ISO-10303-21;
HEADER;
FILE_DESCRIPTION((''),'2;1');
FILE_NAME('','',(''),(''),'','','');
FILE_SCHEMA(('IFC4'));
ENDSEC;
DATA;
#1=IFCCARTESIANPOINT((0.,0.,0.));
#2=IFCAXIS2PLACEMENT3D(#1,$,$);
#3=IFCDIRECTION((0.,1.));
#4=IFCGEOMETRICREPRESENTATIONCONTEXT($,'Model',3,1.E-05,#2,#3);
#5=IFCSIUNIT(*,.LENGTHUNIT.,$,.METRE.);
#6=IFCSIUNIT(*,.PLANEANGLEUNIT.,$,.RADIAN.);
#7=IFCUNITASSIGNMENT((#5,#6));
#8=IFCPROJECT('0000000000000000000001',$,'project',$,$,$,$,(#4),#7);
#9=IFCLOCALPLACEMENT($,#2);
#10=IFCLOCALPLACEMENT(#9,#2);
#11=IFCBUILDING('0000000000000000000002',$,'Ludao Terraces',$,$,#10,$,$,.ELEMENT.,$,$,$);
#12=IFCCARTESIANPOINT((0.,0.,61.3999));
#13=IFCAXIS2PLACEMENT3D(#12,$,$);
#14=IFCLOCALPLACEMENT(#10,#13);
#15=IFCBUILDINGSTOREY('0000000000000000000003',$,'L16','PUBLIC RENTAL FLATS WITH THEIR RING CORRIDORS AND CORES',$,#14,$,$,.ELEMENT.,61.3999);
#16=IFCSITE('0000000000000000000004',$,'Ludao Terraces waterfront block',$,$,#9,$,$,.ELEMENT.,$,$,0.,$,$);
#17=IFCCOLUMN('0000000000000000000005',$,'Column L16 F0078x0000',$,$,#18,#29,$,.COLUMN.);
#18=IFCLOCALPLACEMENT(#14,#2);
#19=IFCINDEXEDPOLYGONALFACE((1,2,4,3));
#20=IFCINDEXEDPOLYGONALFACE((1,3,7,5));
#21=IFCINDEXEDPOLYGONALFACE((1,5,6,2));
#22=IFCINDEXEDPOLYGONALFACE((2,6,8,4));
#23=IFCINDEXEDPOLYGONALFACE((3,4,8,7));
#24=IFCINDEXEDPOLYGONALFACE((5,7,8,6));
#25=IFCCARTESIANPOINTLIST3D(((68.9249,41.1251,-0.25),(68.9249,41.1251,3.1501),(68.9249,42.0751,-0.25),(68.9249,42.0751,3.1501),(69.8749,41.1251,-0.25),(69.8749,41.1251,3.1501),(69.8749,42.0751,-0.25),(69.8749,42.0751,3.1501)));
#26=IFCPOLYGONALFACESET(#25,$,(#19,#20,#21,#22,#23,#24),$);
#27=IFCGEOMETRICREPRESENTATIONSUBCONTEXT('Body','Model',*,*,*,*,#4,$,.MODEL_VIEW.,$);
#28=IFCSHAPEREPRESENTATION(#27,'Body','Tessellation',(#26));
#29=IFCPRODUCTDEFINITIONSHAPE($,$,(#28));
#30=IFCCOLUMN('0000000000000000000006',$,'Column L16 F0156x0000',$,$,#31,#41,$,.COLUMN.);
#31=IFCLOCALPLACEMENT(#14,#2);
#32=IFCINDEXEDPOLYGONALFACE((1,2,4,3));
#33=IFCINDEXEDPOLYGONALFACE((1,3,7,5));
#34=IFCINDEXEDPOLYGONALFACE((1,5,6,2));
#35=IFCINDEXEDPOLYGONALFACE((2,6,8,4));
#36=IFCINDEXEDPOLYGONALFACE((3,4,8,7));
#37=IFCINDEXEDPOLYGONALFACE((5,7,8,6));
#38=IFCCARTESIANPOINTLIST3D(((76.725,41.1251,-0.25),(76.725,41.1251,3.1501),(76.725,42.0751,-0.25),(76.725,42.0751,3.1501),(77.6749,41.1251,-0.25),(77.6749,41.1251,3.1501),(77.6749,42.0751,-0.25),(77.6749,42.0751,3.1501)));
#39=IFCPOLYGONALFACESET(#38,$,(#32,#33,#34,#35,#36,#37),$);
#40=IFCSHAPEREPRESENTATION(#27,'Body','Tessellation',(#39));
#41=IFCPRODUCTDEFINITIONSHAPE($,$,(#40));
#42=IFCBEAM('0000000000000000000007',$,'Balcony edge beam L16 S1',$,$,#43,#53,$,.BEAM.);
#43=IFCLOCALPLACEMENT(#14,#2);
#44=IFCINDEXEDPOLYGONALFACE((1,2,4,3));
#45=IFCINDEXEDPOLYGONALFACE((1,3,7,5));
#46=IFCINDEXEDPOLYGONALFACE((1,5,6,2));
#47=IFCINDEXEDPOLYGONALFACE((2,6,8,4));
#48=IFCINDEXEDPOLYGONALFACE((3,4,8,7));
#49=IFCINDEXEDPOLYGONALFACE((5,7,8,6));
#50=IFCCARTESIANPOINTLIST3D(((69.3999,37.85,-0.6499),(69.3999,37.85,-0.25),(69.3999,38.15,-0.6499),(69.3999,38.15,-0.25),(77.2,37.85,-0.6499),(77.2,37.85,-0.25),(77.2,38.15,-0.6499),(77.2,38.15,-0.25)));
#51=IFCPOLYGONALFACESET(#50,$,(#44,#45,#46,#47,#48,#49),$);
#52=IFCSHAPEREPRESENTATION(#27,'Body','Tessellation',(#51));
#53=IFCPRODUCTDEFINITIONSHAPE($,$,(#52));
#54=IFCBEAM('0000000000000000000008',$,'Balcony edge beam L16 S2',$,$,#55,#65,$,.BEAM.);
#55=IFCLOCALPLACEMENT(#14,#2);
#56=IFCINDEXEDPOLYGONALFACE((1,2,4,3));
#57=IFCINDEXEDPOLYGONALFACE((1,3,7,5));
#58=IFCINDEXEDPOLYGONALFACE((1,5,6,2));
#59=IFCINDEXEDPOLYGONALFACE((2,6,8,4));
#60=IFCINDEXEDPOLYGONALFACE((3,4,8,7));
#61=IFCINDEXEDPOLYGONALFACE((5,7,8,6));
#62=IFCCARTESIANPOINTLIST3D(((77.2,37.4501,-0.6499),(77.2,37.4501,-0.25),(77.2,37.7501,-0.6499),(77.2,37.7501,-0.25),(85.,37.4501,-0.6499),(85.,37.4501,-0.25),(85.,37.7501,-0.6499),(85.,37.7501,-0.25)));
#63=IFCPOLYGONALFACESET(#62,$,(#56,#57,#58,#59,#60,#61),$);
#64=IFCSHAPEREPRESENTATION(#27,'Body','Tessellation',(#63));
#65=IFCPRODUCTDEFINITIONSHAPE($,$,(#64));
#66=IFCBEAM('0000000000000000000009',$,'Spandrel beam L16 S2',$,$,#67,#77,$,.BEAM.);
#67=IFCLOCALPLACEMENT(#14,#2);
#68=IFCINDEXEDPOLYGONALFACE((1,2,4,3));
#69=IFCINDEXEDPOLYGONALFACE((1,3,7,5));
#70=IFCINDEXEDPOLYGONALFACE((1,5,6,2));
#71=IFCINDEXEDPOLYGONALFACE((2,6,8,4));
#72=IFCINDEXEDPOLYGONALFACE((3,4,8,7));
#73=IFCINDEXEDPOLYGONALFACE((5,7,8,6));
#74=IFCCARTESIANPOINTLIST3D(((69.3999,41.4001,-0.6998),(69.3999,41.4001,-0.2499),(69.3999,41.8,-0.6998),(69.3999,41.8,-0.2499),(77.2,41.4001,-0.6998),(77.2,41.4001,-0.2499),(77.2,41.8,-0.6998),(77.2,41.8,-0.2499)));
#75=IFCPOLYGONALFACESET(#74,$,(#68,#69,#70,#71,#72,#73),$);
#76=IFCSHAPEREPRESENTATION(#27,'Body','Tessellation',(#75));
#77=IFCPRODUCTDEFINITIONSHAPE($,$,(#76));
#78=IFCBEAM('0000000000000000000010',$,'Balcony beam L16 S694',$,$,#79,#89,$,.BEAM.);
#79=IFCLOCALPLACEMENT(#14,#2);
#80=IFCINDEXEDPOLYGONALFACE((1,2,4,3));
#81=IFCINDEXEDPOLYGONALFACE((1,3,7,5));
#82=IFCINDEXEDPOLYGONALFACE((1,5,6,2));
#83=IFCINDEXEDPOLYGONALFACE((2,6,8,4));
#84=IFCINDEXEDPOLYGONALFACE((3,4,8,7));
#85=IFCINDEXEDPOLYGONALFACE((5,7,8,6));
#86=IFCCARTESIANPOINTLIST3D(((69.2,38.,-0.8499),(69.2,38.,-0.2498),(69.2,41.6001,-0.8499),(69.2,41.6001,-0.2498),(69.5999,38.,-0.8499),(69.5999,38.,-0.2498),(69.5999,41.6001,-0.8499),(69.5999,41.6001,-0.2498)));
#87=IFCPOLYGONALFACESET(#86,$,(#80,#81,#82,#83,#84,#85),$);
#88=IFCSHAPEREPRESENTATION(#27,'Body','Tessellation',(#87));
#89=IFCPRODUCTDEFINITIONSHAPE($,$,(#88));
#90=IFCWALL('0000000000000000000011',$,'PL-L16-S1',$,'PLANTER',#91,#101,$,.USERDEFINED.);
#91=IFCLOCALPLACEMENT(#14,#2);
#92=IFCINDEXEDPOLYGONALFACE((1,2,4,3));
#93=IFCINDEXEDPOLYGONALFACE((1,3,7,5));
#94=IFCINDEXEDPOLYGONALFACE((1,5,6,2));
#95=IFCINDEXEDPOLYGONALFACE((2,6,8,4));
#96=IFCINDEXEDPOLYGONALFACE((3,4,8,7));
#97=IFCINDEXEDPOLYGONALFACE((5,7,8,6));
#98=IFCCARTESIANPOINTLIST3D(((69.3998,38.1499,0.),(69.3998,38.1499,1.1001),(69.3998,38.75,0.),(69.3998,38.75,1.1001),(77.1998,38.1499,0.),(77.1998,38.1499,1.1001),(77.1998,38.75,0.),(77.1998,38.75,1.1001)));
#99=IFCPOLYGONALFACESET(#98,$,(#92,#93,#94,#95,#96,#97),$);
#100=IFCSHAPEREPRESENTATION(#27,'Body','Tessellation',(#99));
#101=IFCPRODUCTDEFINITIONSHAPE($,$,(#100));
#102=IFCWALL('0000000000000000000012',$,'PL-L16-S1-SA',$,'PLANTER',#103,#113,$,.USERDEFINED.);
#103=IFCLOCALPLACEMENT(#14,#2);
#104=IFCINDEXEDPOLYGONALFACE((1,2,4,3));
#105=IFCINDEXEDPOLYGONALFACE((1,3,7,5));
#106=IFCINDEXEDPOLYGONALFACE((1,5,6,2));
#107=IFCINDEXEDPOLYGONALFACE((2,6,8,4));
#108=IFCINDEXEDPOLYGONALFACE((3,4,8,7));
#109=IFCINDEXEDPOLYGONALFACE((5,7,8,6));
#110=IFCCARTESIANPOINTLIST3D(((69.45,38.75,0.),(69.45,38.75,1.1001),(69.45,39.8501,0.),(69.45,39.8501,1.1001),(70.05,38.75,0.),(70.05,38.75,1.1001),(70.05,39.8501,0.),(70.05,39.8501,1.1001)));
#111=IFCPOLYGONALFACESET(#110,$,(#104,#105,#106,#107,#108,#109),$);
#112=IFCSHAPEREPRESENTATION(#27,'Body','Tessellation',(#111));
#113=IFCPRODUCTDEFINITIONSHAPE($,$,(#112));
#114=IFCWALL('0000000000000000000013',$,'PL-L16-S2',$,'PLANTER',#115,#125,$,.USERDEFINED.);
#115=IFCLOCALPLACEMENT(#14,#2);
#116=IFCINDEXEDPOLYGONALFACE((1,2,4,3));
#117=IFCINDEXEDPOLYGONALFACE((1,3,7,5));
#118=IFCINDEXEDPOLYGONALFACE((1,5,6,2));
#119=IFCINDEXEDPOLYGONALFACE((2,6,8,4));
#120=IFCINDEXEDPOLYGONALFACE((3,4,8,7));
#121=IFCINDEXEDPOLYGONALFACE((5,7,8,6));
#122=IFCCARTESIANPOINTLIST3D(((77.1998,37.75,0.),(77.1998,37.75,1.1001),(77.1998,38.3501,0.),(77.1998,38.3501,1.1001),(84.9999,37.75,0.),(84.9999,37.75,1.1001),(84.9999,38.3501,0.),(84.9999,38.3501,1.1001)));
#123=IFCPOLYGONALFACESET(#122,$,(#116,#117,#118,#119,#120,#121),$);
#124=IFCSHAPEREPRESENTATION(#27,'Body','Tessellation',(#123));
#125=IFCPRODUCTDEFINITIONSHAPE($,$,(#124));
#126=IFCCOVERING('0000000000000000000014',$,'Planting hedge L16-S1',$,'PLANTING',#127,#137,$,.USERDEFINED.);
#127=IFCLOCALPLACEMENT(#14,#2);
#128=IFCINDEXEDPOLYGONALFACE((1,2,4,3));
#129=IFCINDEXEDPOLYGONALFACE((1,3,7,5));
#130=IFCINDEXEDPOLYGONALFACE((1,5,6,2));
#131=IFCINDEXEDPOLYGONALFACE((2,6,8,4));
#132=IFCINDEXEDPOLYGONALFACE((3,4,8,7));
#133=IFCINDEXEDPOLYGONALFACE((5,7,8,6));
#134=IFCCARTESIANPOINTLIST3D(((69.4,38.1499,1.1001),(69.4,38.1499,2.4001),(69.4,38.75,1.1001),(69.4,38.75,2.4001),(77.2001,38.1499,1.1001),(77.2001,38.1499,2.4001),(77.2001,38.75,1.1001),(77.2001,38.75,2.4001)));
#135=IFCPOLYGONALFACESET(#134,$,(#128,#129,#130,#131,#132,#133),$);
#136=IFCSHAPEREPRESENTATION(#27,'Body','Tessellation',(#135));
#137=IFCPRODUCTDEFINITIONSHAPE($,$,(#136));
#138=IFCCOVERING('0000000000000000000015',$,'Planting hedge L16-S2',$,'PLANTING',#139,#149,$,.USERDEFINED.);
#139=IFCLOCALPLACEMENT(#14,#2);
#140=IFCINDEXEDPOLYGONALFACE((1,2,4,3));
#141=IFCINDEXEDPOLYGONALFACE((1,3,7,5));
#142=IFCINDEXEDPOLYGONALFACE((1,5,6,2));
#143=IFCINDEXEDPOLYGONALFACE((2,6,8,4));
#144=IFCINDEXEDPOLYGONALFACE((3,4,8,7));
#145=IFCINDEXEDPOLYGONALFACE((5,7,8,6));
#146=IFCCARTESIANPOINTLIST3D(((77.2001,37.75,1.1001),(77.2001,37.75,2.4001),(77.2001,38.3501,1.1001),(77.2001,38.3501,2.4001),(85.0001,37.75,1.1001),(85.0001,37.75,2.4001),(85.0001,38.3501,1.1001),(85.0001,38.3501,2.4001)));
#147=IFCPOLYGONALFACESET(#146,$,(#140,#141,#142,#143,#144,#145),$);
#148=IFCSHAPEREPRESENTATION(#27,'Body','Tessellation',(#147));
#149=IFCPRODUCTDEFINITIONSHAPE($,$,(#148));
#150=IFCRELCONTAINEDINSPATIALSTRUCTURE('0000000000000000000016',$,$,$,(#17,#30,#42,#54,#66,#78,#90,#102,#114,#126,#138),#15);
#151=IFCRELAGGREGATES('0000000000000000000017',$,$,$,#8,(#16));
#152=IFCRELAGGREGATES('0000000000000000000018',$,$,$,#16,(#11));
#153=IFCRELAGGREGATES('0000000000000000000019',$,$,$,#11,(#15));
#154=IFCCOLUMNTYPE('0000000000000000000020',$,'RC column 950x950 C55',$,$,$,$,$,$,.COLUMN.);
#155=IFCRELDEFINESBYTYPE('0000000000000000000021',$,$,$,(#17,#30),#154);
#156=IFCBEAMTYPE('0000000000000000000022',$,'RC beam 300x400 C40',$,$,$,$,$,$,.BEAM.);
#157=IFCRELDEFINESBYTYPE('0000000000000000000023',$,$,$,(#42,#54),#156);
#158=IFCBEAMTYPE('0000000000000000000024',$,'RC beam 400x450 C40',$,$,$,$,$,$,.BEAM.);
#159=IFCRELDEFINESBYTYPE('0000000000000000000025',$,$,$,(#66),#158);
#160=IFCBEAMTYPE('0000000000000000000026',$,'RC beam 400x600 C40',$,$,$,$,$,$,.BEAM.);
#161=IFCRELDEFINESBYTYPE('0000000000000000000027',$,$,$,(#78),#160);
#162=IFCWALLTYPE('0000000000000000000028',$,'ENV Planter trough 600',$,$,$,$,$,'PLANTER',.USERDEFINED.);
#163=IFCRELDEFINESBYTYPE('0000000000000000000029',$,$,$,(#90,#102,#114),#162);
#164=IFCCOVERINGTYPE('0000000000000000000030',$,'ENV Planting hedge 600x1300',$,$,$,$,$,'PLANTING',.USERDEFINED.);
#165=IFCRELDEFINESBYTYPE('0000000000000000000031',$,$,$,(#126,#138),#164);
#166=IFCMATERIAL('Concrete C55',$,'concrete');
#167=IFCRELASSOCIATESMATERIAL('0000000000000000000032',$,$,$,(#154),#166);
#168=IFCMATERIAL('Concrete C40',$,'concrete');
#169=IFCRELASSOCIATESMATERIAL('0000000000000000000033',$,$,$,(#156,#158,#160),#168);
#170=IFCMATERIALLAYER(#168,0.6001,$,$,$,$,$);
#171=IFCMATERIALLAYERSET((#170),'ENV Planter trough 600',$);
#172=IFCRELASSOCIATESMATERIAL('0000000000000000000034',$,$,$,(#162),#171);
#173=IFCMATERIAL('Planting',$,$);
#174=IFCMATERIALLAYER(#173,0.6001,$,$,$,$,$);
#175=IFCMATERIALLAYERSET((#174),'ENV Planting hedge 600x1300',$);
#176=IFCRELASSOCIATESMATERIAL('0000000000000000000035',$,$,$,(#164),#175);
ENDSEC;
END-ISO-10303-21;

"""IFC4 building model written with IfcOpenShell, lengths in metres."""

from ifc_helpers import new_model, si_unit, direction, frame, frame_2d, origin, origin_2d, place, context, subcontext, project, spatial, rectangle, extrude, material, layer, layer_set, material_profile, profile_set, type_object, element, save


model = new_model("IFC4")

# Units and contexts
model_context = context("Model", 3, precision=1e-05, world=origin(), true_north=direction((0.0, 1.0)))
body_context = subcontext(model_context, "Body", "Model", "MODEL_VIEW")
ifc_project = project(units=[si_unit("LENGTHUNIT", "METRE"), si_unit("PLANEANGLEUNIT", "RADIAN")], contexts=[model_context])

# Site, building, storey
site_placement = place(None, origin())
site = spatial("IfcSite", under=ifc_project, at=site_placement, Name="Ludao Terraces waterfront block", CompositionType="ELEMENT", RefElevation=0.0)
building_placement = place(site_placement, origin())
building = spatial("IfcBuilding", under=site, at=building_placement, Name="Ludao Terraces", CompositionType="ELEMENT")
storey_placement = place(building_placement, frame((0.0, 0.0, 61.3999)))
storey = spatial("IfcBuildingStorey", under=building, at=storey_placement, Name="L16", Description="PUBLIC RENTAL FLATS WITH THEIR RING CORRIDORS AND CORES", CompositionType="ELEMENT", Elevation=61.3999)

# Columns
ifc_material_1 = material(Name="Concrete C55", Category="concrete")
ifc_material_profile_1 = material_profile(ifc_material_1, rectangle(XDim=0.95, YDim=0.95, at=origin_2d()), Name="950 X 950")
ifc_profile_set_1 = profile_set([ifc_material_profile_1], Name="Concrete C55")
column_type = type_object("IfcColumnType", Name="RC column 950x950 C55", PredefinedType="COLUMN", material=ifc_profile_set_1)
for number, where, z_axis, x_axis, name in (
    (1, (69.3999, 41.6001, -0.25), (0.0, 0.0, 1.0), (1.0, 0.0, 0.0), "Column L16 F0078x0000"),
    (2, (77.2, 41.6001, -0.25), (0.0, 0.0, 1.0), (1.0, 0.0, 0.0), "Column L16 F0156x0000"),
):
    element("IfcColumn", number, at=place(storey_placement, frame(where, z_axis=z_axis, x_axis=x_axis)), inside=storey, type_object=column_type, Name=name, PredefinedType="COLUMN", context=body_context, shape_type="SweptSolid", body=[
        extrude(rectangle(XDim=0.95, YDim=0.95, at=origin_2d()), origin(), (0.0, 0.0, 1.0), 3.4001),
    ])

# Beams
ifc_material_2 = material(Name="Concrete C40", Category="concrete")
ifc_material_profile_2 = material_profile(ifc_material_2, rectangle(XDim=0.3, YDim=0.3999, at=origin_2d()), Name="300 X 400")
ifc_profile_set_2 = profile_set([ifc_material_profile_2], Name="Concrete C40")
beam_type_1 = type_object("IfcBeamType", Name="RC beam 300x400 C40", PredefinedType="BEAM", material=ifc_profile_set_2)
for number, where, z_axis, x_axis, name in (
    (3, (69.3999, 38.0, -0.45), (1.0, 0.0, 0.0), (0.0, 1.0, 0.0), "Balcony edge beam L16 S1"),
    (4, (77.2, 37.6001, -0.45), (1.0, 0.0, 0.0), (0.0, 1.0, 0.0), "Balcony edge beam L16 S2"),
):
    element("IfcBeam", number, at=place(storey_placement, frame(where, z_axis=z_axis, x_axis=x_axis)), inside=storey, type_object=beam_type_1, Name=name, PredefinedType="BEAM", context=body_context, shape_type="SweptSolid", body=[
        extrude(rectangle(XDim=0.3, YDim=0.3999, at=origin_2d()), origin(), (0.0, 0.0, 1.0), 7.8),
    ])
ifc_material_profile_3 = material_profile(ifc_material_2, rectangle(XDim=0.3999, YDim=0.45, at=origin_2d()), Name="400 X 450")
ifc_profile_set_3 = profile_set([ifc_material_profile_3], Name="Concrete C40")
beam_type_2 = type_object("IfcBeamType", Name="RC beam 400x450 C40", PredefinedType="BEAM", material=ifc_profile_set_3)
beam_1_placement = place(storey_placement, frame((69.3999, 41.6001, -0.4749), z_axis=(1.0, 0.0, 0.0), x_axis=(0.0, 1.0, 0.0)))
element("IfcBeam", 5, at=beam_1_placement, inside=storey, type_object=beam_type_2, Name="Spandrel beam L16 S2", PredefinedType="BEAM", context=body_context, shape_type="SweptSolid", body=[
    extrude(rectangle(XDim=0.3999, YDim=0.45, at=origin_2d()), origin(), (0.0, 0.0, 1.0), 7.8),
])
ifc_material_profile_4 = material_profile(ifc_material_2, rectangle(XDim=0.3999, YDim=0.6001, at=origin_2d()), Name="400 X 600")
ifc_profile_set_4 = profile_set([ifc_material_profile_4], Name="Concrete C40")
beam_type_3 = type_object("IfcBeamType", Name="RC beam 400x600 C40", PredefinedType="BEAM", material=ifc_profile_set_4)
beam_2_placement = place(storey_placement, frame((69.3999, 41.6001, -0.5498), z_axis=(0.0, -1.0, 0.0), x_axis=(1.0, 0.0, 0.0)))
element("IfcBeam", 6, at=beam_2_placement, inside=storey, type_object=beam_type_3, Name="Balcony beam L16 S694", PredefinedType="BEAM", context=body_context, shape_type="SweptSolid", body=[
    extrude(rectangle(XDim=0.3999, YDim=0.6001, at=origin_2d()), origin(), (0.0, 0.0, 1.0), 3.6001),
])

# Walls
ifc_layer_1 = layer(ifc_material_2, 0.6001)
ifc_layer_set_1 = layer_set([ifc_layer_1], Name="ENV Planter trough 600")
wall_type = type_object("IfcWallType", Name="ENV Planter trough 600", ElementType="PLANTER", PredefinedType="USERDEFINED", material=ifc_layer_set_1)
wall_1_placement = place(storey_placement, frame((69.3999, 38.45, 0.0), z_axis=(0.0, 0.0, 1.0), x_axis=(1.0, 0.0, 0.0)))
element("IfcWall", 7, at=wall_1_placement, inside=storey, type_object=wall_type, Name="PL-L16-S1", ObjectType="PLANTER", PredefinedType="USERDEFINED", context=body_context, shape_type="SweptSolid", body=[
    extrude(rectangle(XDim=7.8, YDim=0.6001, at=frame_2d((3.8999, 0.0))), origin(), (0.0, 0.0, 1.0), 1.1001),
])
wall_2_placement = place(storey_placement, frame((69.75, 38.75, 0.0), z_axis=(0.0, 0.0, 1.0), x_axis=(0.0, 1.0, 0.0)))
element("IfcWall", 8, at=wall_2_placement, inside=storey, type_object=wall_type, Name="PL-L16-S1-SA", ObjectType="PLANTER", PredefinedType="USERDEFINED", context=body_context, shape_type="SweptSolid", body=[
    extrude(rectangle(XDim=1.1001, YDim=0.6001, at=frame_2d((0.55, 0.0))), origin(), (0.0, 0.0, 1.0), 1.1001),
])
wall_3_placement = place(storey_placement, frame((77.2, 38.05, 0.0), z_axis=(0.0, 0.0, 1.0), x_axis=(1.0, 0.0, 0.0)))
element("IfcWall", 9, at=wall_3_placement, inside=storey, type_object=wall_type, Name="PL-L16-S2", ObjectType="PLANTER", PredefinedType="USERDEFINED", context=body_context, shape_type="SweptSolid", body=[
    extrude(rectangle(XDim=7.8, YDim=0.6001, at=frame_2d((3.8999, 0.0))), origin(), (0.0, 0.0, 1.0), 1.1001),
])

# Coverings
ifc_material_3 = material(Name="Planting")
ifc_layer_2 = layer(ifc_material_3, 0.6001)
ifc_layer_set_2 = layer_set([ifc_layer_2], Name="ENV Planting hedge 600x1300")
covering_type = type_object("IfcCoveringType", Name="ENV Planting hedge 600x1300", ElementType="PLANTING", PredefinedType="USERDEFINED", material=ifc_layer_set_2)
for number, where, z_axis, x_axis, name in (
    (10, (73.3, 38.45, 1.1001), (0.0, 0.0, 1.0), (1.0, 0.0, 0.0), "Planting hedge L16-S1"),
    (11, (81.1001, 38.05, 1.1001), (0.0, 0.0, 1.0), (1.0, 0.0, 0.0), "Planting hedge L16-S2"),
):
    element("IfcCovering", number, at=place(storey_placement, frame(where, z_axis=z_axis, x_axis=x_axis)), inside=storey, type_object=covering_type, Name=name, ObjectType="PLANTING", PredefinedType="USERDEFINED", context=body_context, shape_type="SweptSolid", body=[
        extrude(rectangle(XDim=7.8, YDim=0.6001, at=origin_2d()), origin(), (0.0, 0.0, 1.0), 1.3),
    ])

save(model, "model.ifc")
